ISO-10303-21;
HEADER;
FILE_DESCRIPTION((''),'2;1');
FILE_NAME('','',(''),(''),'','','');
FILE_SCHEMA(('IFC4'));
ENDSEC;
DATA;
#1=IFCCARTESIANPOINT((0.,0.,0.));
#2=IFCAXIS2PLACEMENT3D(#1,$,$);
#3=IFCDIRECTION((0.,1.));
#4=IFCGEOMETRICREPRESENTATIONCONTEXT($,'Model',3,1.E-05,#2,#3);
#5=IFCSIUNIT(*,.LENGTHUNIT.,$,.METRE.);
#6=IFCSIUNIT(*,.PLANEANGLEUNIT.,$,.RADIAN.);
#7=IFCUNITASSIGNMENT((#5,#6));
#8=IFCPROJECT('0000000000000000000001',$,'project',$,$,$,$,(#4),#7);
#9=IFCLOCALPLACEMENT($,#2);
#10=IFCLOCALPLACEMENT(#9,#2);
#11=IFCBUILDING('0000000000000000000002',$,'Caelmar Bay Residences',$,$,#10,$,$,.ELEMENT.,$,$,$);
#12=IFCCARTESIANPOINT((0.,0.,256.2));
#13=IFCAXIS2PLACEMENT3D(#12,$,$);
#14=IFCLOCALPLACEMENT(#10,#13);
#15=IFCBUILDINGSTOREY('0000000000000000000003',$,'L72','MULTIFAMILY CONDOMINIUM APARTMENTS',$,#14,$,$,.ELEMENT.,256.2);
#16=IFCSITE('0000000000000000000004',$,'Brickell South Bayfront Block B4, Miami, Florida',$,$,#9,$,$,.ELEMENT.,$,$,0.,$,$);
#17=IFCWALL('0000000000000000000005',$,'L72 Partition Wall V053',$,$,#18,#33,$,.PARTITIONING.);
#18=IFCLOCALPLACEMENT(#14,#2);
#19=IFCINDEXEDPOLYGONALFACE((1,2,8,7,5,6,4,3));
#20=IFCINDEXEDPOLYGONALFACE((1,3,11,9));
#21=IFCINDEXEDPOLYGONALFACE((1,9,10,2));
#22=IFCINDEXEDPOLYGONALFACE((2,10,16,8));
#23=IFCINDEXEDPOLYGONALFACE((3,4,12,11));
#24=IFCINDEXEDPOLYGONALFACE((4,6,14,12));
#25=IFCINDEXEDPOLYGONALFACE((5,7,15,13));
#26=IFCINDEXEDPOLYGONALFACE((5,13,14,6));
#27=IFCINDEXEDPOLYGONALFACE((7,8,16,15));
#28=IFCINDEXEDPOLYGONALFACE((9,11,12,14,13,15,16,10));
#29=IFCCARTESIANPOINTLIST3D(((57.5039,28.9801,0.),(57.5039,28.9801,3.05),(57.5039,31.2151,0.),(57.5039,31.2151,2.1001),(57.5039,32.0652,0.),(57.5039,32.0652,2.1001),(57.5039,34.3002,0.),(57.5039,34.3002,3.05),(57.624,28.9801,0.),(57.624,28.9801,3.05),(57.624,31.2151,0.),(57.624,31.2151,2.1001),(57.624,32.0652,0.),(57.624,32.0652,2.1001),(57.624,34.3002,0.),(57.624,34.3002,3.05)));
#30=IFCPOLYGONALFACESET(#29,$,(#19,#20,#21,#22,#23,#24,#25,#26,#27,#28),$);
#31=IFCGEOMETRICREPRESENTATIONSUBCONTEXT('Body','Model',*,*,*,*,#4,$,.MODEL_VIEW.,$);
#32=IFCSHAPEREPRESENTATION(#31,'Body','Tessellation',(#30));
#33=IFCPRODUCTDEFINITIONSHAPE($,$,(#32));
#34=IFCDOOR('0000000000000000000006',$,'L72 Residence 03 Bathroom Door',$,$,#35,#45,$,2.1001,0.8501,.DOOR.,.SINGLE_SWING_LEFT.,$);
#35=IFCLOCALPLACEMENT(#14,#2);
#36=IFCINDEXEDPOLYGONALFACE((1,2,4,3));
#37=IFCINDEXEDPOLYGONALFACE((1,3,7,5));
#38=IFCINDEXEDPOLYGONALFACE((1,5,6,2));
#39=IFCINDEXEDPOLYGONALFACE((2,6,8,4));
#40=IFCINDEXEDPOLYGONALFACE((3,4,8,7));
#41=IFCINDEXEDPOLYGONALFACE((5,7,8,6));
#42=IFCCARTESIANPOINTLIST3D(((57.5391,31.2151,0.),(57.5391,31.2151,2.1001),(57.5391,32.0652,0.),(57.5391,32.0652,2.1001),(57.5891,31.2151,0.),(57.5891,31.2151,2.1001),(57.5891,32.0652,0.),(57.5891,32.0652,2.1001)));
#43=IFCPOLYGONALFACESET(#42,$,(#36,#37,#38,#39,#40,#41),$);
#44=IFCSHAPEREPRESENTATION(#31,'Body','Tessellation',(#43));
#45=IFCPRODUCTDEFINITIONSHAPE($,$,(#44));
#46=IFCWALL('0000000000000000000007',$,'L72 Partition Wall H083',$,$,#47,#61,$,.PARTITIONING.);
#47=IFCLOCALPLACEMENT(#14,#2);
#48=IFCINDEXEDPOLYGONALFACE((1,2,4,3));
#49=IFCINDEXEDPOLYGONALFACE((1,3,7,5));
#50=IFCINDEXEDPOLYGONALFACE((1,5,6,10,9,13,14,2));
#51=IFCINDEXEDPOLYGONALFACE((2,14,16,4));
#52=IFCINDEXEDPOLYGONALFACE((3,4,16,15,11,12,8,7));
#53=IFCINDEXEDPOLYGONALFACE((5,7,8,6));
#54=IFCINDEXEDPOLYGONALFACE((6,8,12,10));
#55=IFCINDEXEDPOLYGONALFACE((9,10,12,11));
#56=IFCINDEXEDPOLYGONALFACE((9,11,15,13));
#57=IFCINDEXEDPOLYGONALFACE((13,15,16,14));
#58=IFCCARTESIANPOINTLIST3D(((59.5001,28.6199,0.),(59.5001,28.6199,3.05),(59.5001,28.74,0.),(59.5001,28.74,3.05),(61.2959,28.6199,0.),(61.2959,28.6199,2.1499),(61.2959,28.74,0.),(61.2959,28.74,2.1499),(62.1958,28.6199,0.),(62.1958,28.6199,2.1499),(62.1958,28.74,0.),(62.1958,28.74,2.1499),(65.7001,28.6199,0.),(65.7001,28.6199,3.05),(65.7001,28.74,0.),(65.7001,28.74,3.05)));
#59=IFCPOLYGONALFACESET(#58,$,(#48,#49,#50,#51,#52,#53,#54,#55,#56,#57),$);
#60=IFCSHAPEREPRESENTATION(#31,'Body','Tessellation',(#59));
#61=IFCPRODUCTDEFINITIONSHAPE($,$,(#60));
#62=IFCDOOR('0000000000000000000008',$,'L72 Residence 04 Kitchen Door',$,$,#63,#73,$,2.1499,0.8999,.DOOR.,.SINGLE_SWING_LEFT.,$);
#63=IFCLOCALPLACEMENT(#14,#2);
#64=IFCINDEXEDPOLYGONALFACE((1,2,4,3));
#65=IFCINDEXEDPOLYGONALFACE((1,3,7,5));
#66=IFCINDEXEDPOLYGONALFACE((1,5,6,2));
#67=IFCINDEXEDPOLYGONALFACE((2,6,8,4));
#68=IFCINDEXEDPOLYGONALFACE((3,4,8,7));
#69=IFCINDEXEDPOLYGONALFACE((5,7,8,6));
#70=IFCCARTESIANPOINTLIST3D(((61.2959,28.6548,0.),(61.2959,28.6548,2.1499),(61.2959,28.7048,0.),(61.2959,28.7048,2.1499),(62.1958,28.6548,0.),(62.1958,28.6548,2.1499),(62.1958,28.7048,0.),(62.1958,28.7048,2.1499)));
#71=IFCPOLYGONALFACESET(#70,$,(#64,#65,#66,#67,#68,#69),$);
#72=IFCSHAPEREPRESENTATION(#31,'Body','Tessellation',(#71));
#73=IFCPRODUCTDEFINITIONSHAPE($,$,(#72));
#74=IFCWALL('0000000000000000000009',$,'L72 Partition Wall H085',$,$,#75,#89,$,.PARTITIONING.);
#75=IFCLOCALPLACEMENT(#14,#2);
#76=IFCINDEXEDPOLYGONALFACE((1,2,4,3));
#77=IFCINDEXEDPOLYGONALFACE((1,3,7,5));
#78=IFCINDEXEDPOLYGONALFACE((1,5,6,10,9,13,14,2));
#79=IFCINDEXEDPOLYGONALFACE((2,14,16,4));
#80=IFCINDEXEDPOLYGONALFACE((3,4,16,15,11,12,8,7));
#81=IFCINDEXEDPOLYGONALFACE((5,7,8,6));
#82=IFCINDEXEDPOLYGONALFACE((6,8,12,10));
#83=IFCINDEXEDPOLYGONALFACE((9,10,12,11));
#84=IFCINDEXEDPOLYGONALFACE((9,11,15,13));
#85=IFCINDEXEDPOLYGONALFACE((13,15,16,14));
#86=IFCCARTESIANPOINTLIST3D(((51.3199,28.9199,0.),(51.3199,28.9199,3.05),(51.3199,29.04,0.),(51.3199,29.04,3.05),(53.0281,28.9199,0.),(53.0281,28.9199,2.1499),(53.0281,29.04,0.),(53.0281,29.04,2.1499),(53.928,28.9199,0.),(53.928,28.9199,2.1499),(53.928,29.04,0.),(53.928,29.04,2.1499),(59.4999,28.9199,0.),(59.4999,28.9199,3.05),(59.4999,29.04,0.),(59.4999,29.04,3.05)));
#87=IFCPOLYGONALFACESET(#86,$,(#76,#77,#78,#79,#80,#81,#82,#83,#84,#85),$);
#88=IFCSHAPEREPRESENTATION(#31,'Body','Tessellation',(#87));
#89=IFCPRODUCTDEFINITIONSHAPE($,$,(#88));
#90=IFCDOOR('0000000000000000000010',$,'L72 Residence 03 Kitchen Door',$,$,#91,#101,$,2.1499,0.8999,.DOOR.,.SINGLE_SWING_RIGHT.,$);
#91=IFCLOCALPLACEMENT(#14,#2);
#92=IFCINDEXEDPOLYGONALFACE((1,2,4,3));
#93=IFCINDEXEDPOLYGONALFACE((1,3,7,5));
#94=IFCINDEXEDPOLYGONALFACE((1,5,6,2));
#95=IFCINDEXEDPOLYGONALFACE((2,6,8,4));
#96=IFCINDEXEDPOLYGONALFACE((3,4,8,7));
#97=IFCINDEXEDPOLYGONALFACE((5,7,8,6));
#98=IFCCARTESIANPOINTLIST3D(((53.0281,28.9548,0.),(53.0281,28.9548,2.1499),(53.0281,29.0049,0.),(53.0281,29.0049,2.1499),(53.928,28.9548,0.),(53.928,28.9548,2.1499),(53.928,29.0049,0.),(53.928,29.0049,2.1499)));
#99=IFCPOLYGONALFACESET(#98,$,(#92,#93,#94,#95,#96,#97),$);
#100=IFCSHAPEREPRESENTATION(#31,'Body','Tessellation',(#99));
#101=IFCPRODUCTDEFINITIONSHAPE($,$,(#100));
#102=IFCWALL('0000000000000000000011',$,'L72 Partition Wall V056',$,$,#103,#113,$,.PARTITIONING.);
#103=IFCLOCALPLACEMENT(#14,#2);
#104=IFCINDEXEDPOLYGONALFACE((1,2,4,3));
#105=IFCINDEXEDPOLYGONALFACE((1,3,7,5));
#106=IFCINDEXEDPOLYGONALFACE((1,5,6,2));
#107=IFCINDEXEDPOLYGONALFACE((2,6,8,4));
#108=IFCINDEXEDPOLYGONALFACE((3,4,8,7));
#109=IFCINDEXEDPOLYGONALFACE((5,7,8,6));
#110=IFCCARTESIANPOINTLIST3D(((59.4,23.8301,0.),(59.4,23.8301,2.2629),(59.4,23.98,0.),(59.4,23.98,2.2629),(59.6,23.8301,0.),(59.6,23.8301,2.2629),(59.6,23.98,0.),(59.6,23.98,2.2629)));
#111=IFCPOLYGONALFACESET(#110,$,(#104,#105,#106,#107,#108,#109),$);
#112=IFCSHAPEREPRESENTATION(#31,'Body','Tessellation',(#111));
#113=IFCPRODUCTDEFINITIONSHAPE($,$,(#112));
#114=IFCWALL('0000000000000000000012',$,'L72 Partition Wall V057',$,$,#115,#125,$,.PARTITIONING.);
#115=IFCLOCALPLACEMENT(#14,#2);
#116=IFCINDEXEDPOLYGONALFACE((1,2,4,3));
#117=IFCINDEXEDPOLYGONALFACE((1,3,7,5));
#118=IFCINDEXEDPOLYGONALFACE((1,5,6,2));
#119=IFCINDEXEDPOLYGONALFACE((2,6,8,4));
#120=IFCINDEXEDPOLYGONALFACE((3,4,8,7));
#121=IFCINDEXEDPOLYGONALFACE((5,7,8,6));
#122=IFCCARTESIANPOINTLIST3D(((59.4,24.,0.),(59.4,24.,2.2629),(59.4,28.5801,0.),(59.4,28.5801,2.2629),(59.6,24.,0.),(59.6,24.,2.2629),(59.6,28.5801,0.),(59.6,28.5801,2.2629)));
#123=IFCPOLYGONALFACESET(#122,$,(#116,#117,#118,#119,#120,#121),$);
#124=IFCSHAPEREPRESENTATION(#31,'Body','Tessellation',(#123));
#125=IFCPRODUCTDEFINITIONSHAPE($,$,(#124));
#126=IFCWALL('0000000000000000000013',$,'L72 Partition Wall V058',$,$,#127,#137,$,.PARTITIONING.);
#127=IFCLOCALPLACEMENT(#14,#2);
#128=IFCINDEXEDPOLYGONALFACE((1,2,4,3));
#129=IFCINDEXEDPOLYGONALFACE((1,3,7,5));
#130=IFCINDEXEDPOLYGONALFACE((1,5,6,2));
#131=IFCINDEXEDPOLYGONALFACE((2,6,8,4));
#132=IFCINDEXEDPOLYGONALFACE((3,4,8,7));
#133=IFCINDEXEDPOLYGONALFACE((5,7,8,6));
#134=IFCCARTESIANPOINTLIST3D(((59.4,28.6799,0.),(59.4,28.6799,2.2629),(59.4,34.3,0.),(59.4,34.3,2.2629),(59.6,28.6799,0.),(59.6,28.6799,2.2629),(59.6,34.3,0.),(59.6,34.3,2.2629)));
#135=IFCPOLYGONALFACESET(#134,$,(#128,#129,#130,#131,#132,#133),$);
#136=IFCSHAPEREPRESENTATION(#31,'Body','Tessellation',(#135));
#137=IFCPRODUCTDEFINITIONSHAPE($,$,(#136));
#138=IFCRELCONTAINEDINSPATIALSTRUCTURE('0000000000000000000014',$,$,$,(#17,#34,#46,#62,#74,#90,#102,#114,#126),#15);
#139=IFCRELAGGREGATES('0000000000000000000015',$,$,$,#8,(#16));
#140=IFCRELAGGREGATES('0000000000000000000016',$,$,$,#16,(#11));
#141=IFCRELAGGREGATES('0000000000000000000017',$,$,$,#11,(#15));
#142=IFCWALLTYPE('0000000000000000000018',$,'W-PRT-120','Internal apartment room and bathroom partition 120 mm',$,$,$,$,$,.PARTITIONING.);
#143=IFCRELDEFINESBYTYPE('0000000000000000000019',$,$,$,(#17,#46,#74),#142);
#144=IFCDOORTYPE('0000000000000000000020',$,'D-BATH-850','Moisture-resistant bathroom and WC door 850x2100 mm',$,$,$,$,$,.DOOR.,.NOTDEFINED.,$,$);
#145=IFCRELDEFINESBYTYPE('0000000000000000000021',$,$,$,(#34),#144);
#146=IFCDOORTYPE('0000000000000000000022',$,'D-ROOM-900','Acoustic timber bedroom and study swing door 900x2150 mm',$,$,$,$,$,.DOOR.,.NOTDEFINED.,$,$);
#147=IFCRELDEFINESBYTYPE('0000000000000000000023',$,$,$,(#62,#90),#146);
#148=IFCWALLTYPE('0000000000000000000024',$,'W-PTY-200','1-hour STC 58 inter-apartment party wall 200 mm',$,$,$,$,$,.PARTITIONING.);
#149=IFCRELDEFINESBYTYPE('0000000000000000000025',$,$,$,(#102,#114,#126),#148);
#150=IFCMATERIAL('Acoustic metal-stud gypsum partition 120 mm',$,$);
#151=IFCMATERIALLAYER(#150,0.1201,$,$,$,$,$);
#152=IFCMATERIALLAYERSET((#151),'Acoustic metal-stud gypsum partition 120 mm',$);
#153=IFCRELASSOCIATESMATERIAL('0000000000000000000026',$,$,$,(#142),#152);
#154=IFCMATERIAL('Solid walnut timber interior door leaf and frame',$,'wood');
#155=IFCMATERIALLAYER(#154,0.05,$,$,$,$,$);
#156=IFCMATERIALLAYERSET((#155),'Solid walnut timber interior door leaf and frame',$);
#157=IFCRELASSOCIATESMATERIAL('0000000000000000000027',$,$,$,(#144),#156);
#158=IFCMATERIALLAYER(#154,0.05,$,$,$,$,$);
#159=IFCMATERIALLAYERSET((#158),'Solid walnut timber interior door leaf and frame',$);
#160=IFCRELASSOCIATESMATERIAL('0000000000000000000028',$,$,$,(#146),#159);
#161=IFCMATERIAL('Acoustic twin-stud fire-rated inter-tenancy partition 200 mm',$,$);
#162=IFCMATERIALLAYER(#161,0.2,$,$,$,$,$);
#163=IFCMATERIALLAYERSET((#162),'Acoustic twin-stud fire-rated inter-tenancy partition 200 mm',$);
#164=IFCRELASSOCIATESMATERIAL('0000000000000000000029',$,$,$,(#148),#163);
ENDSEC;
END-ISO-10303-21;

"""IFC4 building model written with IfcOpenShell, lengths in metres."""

from ifc_helpers import new_model, si_unit, direction, frame, frame_2d, origin, place, context, subcontext, project, spatial, rectangle, extrude, material, layer, layer_set, type_object, element, fill, save


model = new_model("IFC4")

# Units and contexts
model_context = context("Model", 3, precision=1e-05, world=origin(), true_north=direction((0.0, 1.0)))
body_context = subcontext(model_context, "Body", "Model", "MODEL_VIEW")
ifc_project = project(units=[si_unit("LENGTHUNIT", "METRE"), si_unit("PLANEANGLEUNIT", "RADIAN")], contexts=[model_context])

# Site, building, storey
site_placement = place(None, origin())
site = spatial("IfcSite", under=ifc_project, at=site_placement, Name="Brickell South Bayfront Block B4, Miami, Florida", CompositionType="ELEMENT", RefElevation=0.0)
building_placement = place(site_placement, origin())
building = spatial("IfcBuilding", under=site, at=building_placement, Name="Caelmar Bay Residences", CompositionType="ELEMENT")
storey_placement = place(building_placement, frame((0.0, 0.0, 256.2)))
storey = spatial("IfcBuildingStorey", under=building, at=storey_placement, Name="L72", Description="MULTIFAMILY CONDOMINIUM APARTMENTS", CompositionType="ELEMENT", Elevation=256.2)

# Shared definitions
ifc_material_1 = material(Name="Acoustic metal-stud gypsum partition 120 mm")
ifc_layer_1 = layer(ifc_material_1, 0.1201)
ifc_layer_set_1 = layer_set([ifc_layer_1], Name="Acoustic metal-stud gypsum partition 120 mm")
wall_type_1 = type_object("IfcWallType", Name="W-PRT-120", Description="Internal apartment room and bathroom partition 120 mm", PredefinedType="PARTITIONING", material=ifc_layer_set_1)
ifc_material_2 = material(Name="Solid walnut timber interior door leaf and frame", Category="wood")
ifc_layer_2 = layer(ifc_material_2, 0.05)
ifc_layer_set_2 = layer_set([ifc_layer_2], Name="Solid walnut timber interior door leaf and frame")
door_type_1 = type_object("IfcDoorType", Name="D-BATH-850", Description="Moisture-resistant bathroom and WC door 850x2100 mm", OperationType="NOTDEFINED", PredefinedType="DOOR", material=ifc_layer_set_2)
ifc_layer_3 = layer(ifc_material_2, 0.05)
ifc_layer_set_3 = layer_set([ifc_layer_3], Name="Solid walnut timber interior door leaf and frame")
door_type_2 = type_object("IfcDoorType", Name="D-ROOM-900", Description="Acoustic timber bedroom and study swing door 900x2150 mm", OperationType="NOTDEFINED", PredefinedType="DOOR", material=ifc_layer_set_3)

# Walls, openings, doors
wall_1_placement = place(storey_placement, frame((57.564, 28.98, 0.0), z_axis=(0.0, 0.0, 1.0), x_axis=(0.0, 1.0, 0.0)))
wall_1 = element("IfcWall", 1, at=wall_1_placement, inside=storey, type_object=wall_type_1, Name="L72 Partition Wall V053", PredefinedType="PARTITIONING", context=body_context, shape_type="SweptSolid", body=[
    extrude(rectangle(XDim=5.3201, YDim=0.1201, at=frame_2d((2.6602, 0.0))), origin(), (0.0, 0.0, 1.0), 3.05),
])
opening_1_placement = place(wall_1_placement, frame((2.2351, 0.0, 0.0)))
opening_1 = element("IfcOpeningElement", 2, at=opening_1_placement, cuts=wall_1, PredefinedType="OPENING", context=body_context, shape_type="SweptSolid", body=[
    extrude(rectangle(XDim=0.8501, YDim=2.1001, at=frame_2d((0.425, 1.05))), frame((0.0, 0.0701, 0.0), z_axis=(0.0, -1.0, 0.0), x_axis=(1.0, 0.0, 0.0)), (0.0, 0.0, 1.0), 0.1401),
])
door_1_placement = place(opening_1_placement, origin())
door_1 = element("IfcDoor", 3, at=door_1_placement, inside=storey, type_object=door_type_1, Name="L72 Residence 03 Bathroom Door", OperationType="SINGLE_SWING_LEFT", OverallHeight=2.1001, OverallWidth=0.8501, PredefinedType="DOOR", context=body_context, shape_type="SweptSolid", body=[
    extrude(rectangle(XDim=0.8501, YDim=2.1001, at=frame_2d((0.425, 1.05))), frame((0.0, 0.0249, 0.0), z_axis=(0.0, -1.0, 0.0), x_axis=(1.0, 0.0, 0.0)), (0.0, 0.0, 1.0), 0.05),
])
fill(opening_1, door_1)
wall_2_placement = place(storey_placement, frame((59.5, 28.6799, 0.0), z_axis=(0.0, 0.0, 1.0), x_axis=(1.0, 0.0, 0.0)))
wall_2 = element("IfcWall", 4, at=wall_2_placement, inside=storey, type_object=wall_type_1, Name="L72 Partition Wall H083", PredefinedType="PARTITIONING", context=body_context, shape_type="SweptSolid", body=[
    extrude(rectangle(XDim=6.2, YDim=0.1201, at=frame_2d((3.1001, 0.0))), origin(), (0.0, 0.0, 1.0), 3.05),
])
opening_2_placement = place(wall_2_placement, frame((1.7959, 0.0, 0.0)))
opening_2 = element("IfcOpeningElement", 5, at=opening_2_placement, cuts=wall_2, PredefinedType="OPENING", context=body_context, shape_type="SweptSolid", body=[
    extrude(rectangle(XDim=0.8999, YDim=2.1499, at=frame_2d((0.45, 1.075))), frame((0.0, 0.0701, 0.0), z_axis=(0.0, -1.0, 0.0), x_axis=(1.0, 0.0, 0.0)), (0.0, 0.0, 1.0), 0.1401),
])
door_2_placement = place(opening_2_placement, origin())
door_2 = element("IfcDoor", 6, at=door_2_placement, inside=storey, type_object=door_type_2, Name="L72 Residence 04 Kitchen Door", OperationType="SINGLE_SWING_LEFT", OverallHeight=2.1499, OverallWidth=0.8999, PredefinedType="DOOR", context=body_context, shape_type="SweptSolid", body=[
    extrude(rectangle(XDim=0.8999, YDim=2.1499, at=frame_2d((0.45, 1.075))), frame((0.0, 0.0249, 0.0), z_axis=(0.0, -1.0, 0.0), x_axis=(1.0, 0.0, 0.0)), (0.0, 0.0, 1.0), 0.05),
])
fill(opening_2, door_2)
wall_3_placement = place(storey_placement, frame((51.3201, 28.98, 0.0), z_axis=(0.0, 0.0, 1.0), x_axis=(1.0, 0.0, 0.0)))
wall_3 = element("IfcWall", 7, at=wall_3_placement, inside=storey, type_object=wall_type_1, Name="L72 Partition Wall H085", PredefinedType="PARTITIONING", context=body_context, shape_type="SweptSolid", body=[
    extrude(rectangle(XDim=8.1799, YDim=0.1201, at=frame_2d((4.0898, 0.0))), origin(), (0.0, 0.0, 1.0), 3.05),
])
opening_3_placement = place(wall_3_placement, frame((1.708, 0.0, 0.0)))
opening_3 = element("IfcOpeningElement", 8, at=opening_3_placement, cuts=wall_3, PredefinedType="OPENING", context=body_context, shape_type="SweptSolid", body=[
    extrude(rectangle(XDim=0.8999, YDim=2.1499, at=frame_2d((0.45, 1.075))), frame((0.0, 0.0701, 0.0), z_axis=(0.0, -1.0, 0.0), x_axis=(1.0, 0.0, 0.0)), (0.0, 0.0, 1.0), 0.1401),
])
door_3_placement = place(opening_3_placement, origin())
door_3 = element("IfcDoor", 9, at=door_3_placement, inside=storey, type_object=door_type_2, Name="L72 Residence 03 Kitchen Door", OperationType="SINGLE_SWING_RIGHT", OverallHeight=2.1499, OverallWidth=0.8999, PredefinedType="DOOR", context=body_context, shape_type="SweptSolid", body=[
    extrude(rectangle(XDim=0.8999, YDim=2.1499, at=frame_2d((0.45, 1.075))), frame((0.0, 0.0249, 0.0), z_axis=(0.0, -1.0, 0.0), x_axis=(1.0, 0.0, 0.0)), (0.0, 0.0, 1.0), 0.05),
])
fill(opening_3, door_3)

# Walls
ifc_material_3 = material(Name="Acoustic twin-stud fire-rated inter-tenancy partition 200 mm")
ifc_layer_4 = layer(ifc_material_3, 0.2)
ifc_layer_set_4 = layer_set([ifc_layer_4], Name="Acoustic twin-stud fire-rated inter-tenancy partition 200 mm")
wall_type_2 = type_object("IfcWallType", Name="W-PTY-200", Description="1-hour STC 58 inter-apartment party wall 200 mm", PredefinedType="PARTITIONING", material=ifc_layer_set_4)
wall_4_placement = place(storey_placement, frame((59.5, 23.8301, 0.0), z_axis=(0.0, 0.0, 1.0), x_axis=(0.0, 1.0, 0.0)))
element("IfcWall", 10, at=wall_4_placement, inside=storey, type_object=wall_type_2, Name="L72 Partition Wall V056", PredefinedType="PARTITIONING", context=body_context, shape_type="SweptSolid", body=[
    extrude(rectangle(XDim=0.1499, YDim=0.2, at=frame_2d((0.075, 0.0))), origin(), (0.0, 0.0, 1.0), 2.2629),
])
wall_5_placement = place(storey_placement, frame((59.5, 24.0, 0.0), z_axis=(0.0, 0.0, 1.0), x_axis=(0.0, 1.0, 0.0)))
element("IfcWall", 11, at=wall_5_placement, inside=storey, type_object=wall_type_2, Name="L72 Partition Wall V057", PredefinedType="PARTITIONING", context=body_context, shape_type="SweptSolid", body=[
    extrude(rectangle(XDim=4.5801, YDim=0.2, at=frame_2d((2.29, 0.0))), origin(), (0.0, 0.0, 1.0), 2.2629),
])
wall_6_placement = place(storey_placement, frame((59.5, 28.6799, 0.0), z_axis=(0.0, 0.0, 1.0), x_axis=(0.0, 1.0, 0.0)))
element("IfcWall", 12, at=wall_6_placement, inside=storey, type_object=wall_type_2, Name="L72 Partition Wall V058", PredefinedType="PARTITIONING", context=body_context, shape_type="SweptSolid", body=[
    extrude(rectangle(XDim=5.6201, YDim=0.2, at=frame_2d((2.8101, 0.0))), origin(), (0.0, 0.0, 1.0), 2.2629),
])

save(model, "model.ifc")
